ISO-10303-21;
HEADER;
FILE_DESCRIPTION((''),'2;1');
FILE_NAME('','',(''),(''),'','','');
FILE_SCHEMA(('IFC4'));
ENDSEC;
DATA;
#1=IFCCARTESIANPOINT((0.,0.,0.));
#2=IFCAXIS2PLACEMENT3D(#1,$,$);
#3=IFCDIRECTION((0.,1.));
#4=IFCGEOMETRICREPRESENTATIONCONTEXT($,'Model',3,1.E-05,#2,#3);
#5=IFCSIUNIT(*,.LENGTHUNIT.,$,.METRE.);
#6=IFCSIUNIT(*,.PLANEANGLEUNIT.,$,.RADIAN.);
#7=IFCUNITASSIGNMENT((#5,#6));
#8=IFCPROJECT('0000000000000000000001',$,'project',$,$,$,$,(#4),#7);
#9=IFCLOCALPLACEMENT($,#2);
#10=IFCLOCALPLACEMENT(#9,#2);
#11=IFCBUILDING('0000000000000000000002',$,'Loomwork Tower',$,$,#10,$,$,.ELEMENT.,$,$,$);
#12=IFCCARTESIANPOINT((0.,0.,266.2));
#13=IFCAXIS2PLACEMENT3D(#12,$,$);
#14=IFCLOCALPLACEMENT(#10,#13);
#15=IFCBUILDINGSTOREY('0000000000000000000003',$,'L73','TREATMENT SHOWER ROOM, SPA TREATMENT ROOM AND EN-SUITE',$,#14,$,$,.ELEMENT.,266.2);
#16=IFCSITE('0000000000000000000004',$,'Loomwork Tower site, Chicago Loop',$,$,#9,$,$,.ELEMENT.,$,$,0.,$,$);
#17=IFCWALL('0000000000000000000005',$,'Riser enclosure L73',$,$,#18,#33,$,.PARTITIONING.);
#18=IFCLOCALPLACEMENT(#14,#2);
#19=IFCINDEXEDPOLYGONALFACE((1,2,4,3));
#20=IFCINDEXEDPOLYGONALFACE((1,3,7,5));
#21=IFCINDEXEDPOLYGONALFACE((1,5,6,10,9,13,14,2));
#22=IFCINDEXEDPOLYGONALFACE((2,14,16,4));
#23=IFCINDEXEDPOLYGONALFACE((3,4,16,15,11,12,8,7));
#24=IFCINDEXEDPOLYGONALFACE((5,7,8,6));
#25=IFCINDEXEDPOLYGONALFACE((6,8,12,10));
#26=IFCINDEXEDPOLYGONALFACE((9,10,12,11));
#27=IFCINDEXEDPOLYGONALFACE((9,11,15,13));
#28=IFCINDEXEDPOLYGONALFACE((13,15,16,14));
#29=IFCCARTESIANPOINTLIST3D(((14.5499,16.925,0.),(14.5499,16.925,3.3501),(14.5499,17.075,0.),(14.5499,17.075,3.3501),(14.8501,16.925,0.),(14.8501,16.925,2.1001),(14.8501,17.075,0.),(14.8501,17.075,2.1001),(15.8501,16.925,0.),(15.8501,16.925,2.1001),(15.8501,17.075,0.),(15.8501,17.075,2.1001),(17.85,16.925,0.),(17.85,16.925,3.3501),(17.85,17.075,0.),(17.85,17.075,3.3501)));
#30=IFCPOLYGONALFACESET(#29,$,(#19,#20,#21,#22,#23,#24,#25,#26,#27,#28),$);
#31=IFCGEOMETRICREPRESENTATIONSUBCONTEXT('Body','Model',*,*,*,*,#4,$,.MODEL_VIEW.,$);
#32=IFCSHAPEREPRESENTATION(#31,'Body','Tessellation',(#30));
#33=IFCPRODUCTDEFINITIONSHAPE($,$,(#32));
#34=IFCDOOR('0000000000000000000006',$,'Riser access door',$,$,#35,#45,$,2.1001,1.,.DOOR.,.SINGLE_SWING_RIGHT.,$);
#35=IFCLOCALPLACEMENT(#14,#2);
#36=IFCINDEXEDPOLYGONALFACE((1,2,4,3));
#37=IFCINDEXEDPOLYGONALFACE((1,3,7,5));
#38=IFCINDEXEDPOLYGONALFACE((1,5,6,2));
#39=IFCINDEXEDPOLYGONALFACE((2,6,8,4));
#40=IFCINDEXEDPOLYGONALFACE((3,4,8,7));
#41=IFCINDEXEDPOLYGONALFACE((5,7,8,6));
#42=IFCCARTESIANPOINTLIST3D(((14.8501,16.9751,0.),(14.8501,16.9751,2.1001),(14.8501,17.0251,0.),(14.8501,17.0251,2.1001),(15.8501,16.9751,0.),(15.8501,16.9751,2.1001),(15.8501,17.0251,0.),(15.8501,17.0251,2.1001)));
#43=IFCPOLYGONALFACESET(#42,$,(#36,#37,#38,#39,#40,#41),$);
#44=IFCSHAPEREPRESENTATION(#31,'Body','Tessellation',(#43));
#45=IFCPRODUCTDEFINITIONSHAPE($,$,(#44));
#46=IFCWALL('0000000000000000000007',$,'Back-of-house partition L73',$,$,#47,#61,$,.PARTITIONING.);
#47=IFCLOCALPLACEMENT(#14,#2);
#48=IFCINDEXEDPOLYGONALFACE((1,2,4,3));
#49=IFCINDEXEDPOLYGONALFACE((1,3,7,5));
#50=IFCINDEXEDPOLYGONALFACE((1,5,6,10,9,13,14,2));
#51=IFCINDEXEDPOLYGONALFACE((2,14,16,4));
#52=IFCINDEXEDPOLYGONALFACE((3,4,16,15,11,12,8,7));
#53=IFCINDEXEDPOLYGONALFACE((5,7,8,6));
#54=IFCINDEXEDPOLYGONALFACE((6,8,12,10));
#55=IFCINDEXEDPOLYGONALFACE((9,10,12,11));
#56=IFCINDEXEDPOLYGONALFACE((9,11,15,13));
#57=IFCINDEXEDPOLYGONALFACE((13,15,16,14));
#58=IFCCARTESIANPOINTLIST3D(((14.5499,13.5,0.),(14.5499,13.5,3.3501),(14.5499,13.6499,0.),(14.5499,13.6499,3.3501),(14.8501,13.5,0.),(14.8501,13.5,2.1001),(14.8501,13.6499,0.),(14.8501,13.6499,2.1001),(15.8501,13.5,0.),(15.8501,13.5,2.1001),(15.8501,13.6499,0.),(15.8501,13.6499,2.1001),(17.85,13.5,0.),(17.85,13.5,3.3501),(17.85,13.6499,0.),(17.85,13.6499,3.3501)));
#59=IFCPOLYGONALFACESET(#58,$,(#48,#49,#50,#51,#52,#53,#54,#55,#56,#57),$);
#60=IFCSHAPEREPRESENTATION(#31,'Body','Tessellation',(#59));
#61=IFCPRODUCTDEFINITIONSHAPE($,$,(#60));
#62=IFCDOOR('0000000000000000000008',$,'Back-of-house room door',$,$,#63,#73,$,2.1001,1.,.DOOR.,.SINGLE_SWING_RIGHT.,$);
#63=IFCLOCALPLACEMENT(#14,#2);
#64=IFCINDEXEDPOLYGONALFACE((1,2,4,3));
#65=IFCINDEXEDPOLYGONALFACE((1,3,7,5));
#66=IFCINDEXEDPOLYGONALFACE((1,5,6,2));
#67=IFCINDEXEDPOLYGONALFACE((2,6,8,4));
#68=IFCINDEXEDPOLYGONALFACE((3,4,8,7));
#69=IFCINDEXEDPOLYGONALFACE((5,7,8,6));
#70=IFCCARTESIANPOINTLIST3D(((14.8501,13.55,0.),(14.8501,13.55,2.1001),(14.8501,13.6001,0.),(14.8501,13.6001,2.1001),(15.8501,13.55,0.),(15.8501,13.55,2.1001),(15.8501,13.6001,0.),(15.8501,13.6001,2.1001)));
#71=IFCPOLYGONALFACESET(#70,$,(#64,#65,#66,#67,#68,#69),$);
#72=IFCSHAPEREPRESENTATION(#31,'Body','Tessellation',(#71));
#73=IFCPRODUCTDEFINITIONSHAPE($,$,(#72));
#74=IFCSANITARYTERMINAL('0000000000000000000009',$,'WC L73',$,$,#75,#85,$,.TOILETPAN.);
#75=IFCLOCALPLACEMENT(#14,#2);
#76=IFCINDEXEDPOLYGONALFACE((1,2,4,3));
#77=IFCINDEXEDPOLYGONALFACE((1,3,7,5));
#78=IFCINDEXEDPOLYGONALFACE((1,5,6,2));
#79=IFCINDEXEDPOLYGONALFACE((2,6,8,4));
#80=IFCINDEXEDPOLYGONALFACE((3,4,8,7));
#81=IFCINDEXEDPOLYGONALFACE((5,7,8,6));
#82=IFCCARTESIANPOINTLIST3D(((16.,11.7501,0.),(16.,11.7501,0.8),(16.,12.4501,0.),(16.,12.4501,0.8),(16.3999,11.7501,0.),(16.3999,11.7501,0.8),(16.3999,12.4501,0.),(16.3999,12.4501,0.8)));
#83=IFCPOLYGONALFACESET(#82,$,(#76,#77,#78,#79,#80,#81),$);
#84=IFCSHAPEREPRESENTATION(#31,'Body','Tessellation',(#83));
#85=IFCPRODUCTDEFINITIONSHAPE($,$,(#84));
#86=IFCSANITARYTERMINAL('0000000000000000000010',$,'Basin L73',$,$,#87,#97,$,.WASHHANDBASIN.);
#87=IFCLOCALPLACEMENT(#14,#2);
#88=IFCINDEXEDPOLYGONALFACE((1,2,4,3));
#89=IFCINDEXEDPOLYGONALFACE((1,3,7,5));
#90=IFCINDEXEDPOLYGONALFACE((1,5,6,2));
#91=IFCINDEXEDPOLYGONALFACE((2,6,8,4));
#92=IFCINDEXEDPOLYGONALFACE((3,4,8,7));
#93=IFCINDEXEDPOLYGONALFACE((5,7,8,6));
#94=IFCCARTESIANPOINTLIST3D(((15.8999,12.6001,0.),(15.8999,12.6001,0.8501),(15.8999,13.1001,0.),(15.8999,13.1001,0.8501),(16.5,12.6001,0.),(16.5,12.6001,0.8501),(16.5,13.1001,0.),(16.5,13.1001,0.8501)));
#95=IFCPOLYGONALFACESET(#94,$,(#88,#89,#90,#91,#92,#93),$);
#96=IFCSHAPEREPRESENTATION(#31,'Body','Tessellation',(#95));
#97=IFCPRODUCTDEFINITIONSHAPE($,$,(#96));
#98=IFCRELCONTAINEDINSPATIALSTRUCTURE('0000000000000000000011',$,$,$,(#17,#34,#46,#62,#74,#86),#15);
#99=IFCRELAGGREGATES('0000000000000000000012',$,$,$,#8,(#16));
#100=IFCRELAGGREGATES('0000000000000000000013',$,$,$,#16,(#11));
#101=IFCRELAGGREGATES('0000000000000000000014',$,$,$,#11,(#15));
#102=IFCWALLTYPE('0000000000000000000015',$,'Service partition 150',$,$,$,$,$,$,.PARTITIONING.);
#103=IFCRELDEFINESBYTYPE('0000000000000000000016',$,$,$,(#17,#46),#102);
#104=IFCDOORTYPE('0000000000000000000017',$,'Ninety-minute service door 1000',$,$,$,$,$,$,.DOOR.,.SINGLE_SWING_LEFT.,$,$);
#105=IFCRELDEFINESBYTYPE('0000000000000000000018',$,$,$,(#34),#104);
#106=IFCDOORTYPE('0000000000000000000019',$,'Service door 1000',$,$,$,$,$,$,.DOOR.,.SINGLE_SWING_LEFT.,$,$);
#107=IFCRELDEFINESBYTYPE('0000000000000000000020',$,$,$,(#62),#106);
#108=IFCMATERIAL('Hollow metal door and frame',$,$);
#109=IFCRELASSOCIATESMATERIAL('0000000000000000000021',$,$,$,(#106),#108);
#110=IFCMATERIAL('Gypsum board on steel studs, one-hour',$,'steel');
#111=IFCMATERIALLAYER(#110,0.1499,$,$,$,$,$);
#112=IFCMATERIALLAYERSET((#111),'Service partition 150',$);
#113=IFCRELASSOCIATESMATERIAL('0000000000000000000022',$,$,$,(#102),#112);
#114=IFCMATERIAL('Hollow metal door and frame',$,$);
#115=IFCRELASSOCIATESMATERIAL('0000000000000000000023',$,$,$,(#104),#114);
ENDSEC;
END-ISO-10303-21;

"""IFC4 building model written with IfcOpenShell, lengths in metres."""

from ifc_helpers import new_model, si_unit, direction, frame, frame_2d, origin, origin_2d, place, context, subcontext, project, spatial, rectangle, extrude, material, layer, layer_set, type_object, element, fill, save


model = new_model("IFC4")

# Units and contexts
model_context = context("Model", 3, precision=1e-05, world=origin(), true_north=direction((0.0, 1.0)))
body_context = subcontext(model_context, "Body", "Model", "MODEL_VIEW")
ifc_project = project(units=[si_unit("LENGTHUNIT", "METRE"), si_unit("PLANEANGLEUNIT", "RADIAN")], contexts=[model_context])

# Site, building, storey
site_placement = place(None, origin())
site = spatial("IfcSite", under=ifc_project, at=site_placement, Name="Loomwork Tower site, Chicago Loop", CompositionType="ELEMENT", RefElevation=0.0)
building_placement = place(site_placement, origin())
building = spatial("IfcBuilding", under=site, at=building_placement, Name="Loomwork Tower", CompositionType="ELEMENT")
storey_placement = place(building_placement, frame((0.0, 0.0, 266.2)))
storey = spatial("IfcBuildingStorey", under=building, at=storey_placement, Name="L73", Description="TREATMENT SHOWER ROOM, SPA TREATMENT ROOM AND EN-SUITE", CompositionType="ELEMENT", Elevation=266.2)

# Shared definitions
ifc_material_1 = material(Name="Hollow metal door and frame")
door_type_1 = type_object("IfcDoorType", Name="Service door 1000", OperationType="SINGLE_SWING_LEFT", PredefinedType="DOOR", material=ifc_material_1)

# Walls, openings, doors
ifc_material_2 = material(Name="Gypsum board on steel studs, one-hour", Category="steel")
ifc_layer_1 = layer(ifc_material_2, 0.1499)
ifc_layer_set_1 = layer_set([ifc_layer_1], Name="Service partition 150")
wall_type_1 = type_object("IfcWallType", Name="Service partition 150", PredefinedType="PARTITIONING", material=ifc_layer_set_1)
wall_1_placement = place(storey_placement, frame((14.55, 17.0, 0.0), z_axis=(0.0, 0.0, 1.0), x_axis=(1.0, 0.0, 0.0)))
wall_1 = element("IfcWall", 1, at=wall_1_placement, inside=storey, type_object=wall_type_1, Name="Riser enclosure L73", PredefinedType="PARTITIONING", context=body_context, shape_type="SweptSolid", body=[
    extrude(rectangle(XDim=3.3, YDim=0.1499, at=frame_2d((1.6499, 0.0))), origin(), (0.0, 0.0, 1.0), 3.3501),
])
opening_1_placement = place(wall_1_placement, frame((0.3, 0.0, 0.0)))
opening_1 = element("IfcOpeningElement", 2, at=opening_1_placement, cuts=wall_1, PredefinedType="OPENING", context=body_context, shape_type="SweptSolid", body=[
    extrude(rectangle(XDim=1.0, YDim=2.1001, at=frame_2d((0.5, 1.05))), frame((0.0, 0.085, 0.0), z_axis=(0.0, -1.0, 0.0), x_axis=(1.0, 0.0, 0.0)), (0.0, 0.0, 1.0), 0.1699),
])
ifc_material_3 = material(Name="Hollow metal door and frame")
door_type_2 = type_object("IfcDoorType", Name="Ninety-minute service door 1000", OperationType="SINGLE_SWING_LEFT", PredefinedType="DOOR", material=ifc_material_3)
door_1_placement = place(opening_1_placement, frame((1.0, 0.0, 0.0), z_axis=(0.0, 0.0, 1.0), x_axis=(-1.0, 0.0, 0.0)))
door_1 = element("IfcDoor", 3, at=door_1_placement, inside=storey, type_object=door_type_2, Name="Riser access door", OperationType="SINGLE_SWING_RIGHT", OverallHeight=2.1001, OverallWidth=1.0, PredefinedType="DOOR", context=body_context, shape_type="SweptSolid", body=[
    extrude(rectangle(XDim=1.0, YDim=2.1001, at=frame_2d((0.5, 1.05))), frame((0.0, 0.0249, 0.0), z_axis=(0.0, -1.0, 0.0), x_axis=(1.0, 0.0, 0.0)), (0.0, 0.0, 1.0), 0.05),
])
fill(opening_1, door_1)
wall_2_placement = place(storey_placement, frame((14.55, 13.575, 0.0), z_axis=(0.0, 0.0, 1.0), x_axis=(1.0, 0.0, 0.0)))
wall_2 = element("IfcWall", 4, at=wall_2_placement, inside=storey, type_object=wall_type_1, Name="Back-of-house partition L73", PredefinedType="PARTITIONING", context=body_context, shape_type="SweptSolid", body=[
    extrude(rectangle(XDim=3.3, YDim=0.1499, at=frame_2d((1.6499, 0.0))), origin(), (0.0, 0.0, 1.0), 3.3501),
])
opening_2_placement = place(wall_2_placement, frame((0.3, 0.0, 0.0)))
opening_2 = element("IfcOpeningElement", 5, at=opening_2_placement, cuts=wall_2, PredefinedType="OPENING", context=body_context, shape_type="SweptSolid", body=[
    extrude(rectangle(XDim=1.0, YDim=2.1001, at=frame_2d((0.5, 1.05))), frame((0.0, 0.085, 0.0), z_axis=(0.0, -1.0, 0.0), x_axis=(1.0, 0.0, 0.0)), (0.0, 0.0, 1.0), 0.1699),
])
door_2_placement = place(opening_2_placement, frame((1.0, 0.0, 0.0), z_axis=(0.0, 0.0, 1.0), x_axis=(-1.0, 0.0, 0.0)))
door_2 = element("IfcDoor", 6, at=door_2_placement, inside=storey, type_object=door_type_1, Name="Back-of-house room door", OperationType="SINGLE_SWING_RIGHT", OverallHeight=2.1001, OverallWidth=1.0, PredefinedType="DOOR", context=body_context, shape_type="SweptSolid", body=[
    extrude(rectangle(XDim=1.0, YDim=2.1001, at=frame_2d((0.5, 1.05))), frame((0.0, 0.0249, 0.0), z_axis=(0.0, -1.0, 0.0), x_axis=(1.0, 0.0, 0.0)), (0.0, 0.0, 1.0), 0.05),
])
fill(opening_2, door_2)

# Sanitary terminals
sanitary_terminal_1_placement = place(storey_placement, frame((16.2, 12.1001, 0.0), z_axis=(0.0, 0.0, 1.0), x_axis=(1.0, 0.0, 0.0)))
element("IfcSanitaryTerminal", 7, at=sanitary_terminal_1_placement, inside=storey, Name="WC L73", PredefinedType="TOILETPAN", context=body_context, shape_type="SweptSolid", body=[
    extrude(rectangle(XDim=0.3999, YDim=0.7, at=origin_2d()), origin(), (0.0, 0.0, 1.0), 0.8),
])
sanitary_terminal_2_placement = place(storey_placement, frame((16.2, 12.8501, 0.0), z_axis=(0.0, 0.0, 1.0), x_axis=(1.0, 0.0, 0.0)))
element("IfcSanitaryTerminal", 8, at=sanitary_terminal_2_placement, inside=storey, Name="Basin L73", PredefinedType="WASHHANDBASIN", context=body_context, shape_type="SweptSolid", body=[
    extrude(rectangle(XDim=0.6001, YDim=0.5, at=origin_2d()), origin(), (0.0, 0.0, 1.0), 0.8501),
])

save(model, "model.ifc")
